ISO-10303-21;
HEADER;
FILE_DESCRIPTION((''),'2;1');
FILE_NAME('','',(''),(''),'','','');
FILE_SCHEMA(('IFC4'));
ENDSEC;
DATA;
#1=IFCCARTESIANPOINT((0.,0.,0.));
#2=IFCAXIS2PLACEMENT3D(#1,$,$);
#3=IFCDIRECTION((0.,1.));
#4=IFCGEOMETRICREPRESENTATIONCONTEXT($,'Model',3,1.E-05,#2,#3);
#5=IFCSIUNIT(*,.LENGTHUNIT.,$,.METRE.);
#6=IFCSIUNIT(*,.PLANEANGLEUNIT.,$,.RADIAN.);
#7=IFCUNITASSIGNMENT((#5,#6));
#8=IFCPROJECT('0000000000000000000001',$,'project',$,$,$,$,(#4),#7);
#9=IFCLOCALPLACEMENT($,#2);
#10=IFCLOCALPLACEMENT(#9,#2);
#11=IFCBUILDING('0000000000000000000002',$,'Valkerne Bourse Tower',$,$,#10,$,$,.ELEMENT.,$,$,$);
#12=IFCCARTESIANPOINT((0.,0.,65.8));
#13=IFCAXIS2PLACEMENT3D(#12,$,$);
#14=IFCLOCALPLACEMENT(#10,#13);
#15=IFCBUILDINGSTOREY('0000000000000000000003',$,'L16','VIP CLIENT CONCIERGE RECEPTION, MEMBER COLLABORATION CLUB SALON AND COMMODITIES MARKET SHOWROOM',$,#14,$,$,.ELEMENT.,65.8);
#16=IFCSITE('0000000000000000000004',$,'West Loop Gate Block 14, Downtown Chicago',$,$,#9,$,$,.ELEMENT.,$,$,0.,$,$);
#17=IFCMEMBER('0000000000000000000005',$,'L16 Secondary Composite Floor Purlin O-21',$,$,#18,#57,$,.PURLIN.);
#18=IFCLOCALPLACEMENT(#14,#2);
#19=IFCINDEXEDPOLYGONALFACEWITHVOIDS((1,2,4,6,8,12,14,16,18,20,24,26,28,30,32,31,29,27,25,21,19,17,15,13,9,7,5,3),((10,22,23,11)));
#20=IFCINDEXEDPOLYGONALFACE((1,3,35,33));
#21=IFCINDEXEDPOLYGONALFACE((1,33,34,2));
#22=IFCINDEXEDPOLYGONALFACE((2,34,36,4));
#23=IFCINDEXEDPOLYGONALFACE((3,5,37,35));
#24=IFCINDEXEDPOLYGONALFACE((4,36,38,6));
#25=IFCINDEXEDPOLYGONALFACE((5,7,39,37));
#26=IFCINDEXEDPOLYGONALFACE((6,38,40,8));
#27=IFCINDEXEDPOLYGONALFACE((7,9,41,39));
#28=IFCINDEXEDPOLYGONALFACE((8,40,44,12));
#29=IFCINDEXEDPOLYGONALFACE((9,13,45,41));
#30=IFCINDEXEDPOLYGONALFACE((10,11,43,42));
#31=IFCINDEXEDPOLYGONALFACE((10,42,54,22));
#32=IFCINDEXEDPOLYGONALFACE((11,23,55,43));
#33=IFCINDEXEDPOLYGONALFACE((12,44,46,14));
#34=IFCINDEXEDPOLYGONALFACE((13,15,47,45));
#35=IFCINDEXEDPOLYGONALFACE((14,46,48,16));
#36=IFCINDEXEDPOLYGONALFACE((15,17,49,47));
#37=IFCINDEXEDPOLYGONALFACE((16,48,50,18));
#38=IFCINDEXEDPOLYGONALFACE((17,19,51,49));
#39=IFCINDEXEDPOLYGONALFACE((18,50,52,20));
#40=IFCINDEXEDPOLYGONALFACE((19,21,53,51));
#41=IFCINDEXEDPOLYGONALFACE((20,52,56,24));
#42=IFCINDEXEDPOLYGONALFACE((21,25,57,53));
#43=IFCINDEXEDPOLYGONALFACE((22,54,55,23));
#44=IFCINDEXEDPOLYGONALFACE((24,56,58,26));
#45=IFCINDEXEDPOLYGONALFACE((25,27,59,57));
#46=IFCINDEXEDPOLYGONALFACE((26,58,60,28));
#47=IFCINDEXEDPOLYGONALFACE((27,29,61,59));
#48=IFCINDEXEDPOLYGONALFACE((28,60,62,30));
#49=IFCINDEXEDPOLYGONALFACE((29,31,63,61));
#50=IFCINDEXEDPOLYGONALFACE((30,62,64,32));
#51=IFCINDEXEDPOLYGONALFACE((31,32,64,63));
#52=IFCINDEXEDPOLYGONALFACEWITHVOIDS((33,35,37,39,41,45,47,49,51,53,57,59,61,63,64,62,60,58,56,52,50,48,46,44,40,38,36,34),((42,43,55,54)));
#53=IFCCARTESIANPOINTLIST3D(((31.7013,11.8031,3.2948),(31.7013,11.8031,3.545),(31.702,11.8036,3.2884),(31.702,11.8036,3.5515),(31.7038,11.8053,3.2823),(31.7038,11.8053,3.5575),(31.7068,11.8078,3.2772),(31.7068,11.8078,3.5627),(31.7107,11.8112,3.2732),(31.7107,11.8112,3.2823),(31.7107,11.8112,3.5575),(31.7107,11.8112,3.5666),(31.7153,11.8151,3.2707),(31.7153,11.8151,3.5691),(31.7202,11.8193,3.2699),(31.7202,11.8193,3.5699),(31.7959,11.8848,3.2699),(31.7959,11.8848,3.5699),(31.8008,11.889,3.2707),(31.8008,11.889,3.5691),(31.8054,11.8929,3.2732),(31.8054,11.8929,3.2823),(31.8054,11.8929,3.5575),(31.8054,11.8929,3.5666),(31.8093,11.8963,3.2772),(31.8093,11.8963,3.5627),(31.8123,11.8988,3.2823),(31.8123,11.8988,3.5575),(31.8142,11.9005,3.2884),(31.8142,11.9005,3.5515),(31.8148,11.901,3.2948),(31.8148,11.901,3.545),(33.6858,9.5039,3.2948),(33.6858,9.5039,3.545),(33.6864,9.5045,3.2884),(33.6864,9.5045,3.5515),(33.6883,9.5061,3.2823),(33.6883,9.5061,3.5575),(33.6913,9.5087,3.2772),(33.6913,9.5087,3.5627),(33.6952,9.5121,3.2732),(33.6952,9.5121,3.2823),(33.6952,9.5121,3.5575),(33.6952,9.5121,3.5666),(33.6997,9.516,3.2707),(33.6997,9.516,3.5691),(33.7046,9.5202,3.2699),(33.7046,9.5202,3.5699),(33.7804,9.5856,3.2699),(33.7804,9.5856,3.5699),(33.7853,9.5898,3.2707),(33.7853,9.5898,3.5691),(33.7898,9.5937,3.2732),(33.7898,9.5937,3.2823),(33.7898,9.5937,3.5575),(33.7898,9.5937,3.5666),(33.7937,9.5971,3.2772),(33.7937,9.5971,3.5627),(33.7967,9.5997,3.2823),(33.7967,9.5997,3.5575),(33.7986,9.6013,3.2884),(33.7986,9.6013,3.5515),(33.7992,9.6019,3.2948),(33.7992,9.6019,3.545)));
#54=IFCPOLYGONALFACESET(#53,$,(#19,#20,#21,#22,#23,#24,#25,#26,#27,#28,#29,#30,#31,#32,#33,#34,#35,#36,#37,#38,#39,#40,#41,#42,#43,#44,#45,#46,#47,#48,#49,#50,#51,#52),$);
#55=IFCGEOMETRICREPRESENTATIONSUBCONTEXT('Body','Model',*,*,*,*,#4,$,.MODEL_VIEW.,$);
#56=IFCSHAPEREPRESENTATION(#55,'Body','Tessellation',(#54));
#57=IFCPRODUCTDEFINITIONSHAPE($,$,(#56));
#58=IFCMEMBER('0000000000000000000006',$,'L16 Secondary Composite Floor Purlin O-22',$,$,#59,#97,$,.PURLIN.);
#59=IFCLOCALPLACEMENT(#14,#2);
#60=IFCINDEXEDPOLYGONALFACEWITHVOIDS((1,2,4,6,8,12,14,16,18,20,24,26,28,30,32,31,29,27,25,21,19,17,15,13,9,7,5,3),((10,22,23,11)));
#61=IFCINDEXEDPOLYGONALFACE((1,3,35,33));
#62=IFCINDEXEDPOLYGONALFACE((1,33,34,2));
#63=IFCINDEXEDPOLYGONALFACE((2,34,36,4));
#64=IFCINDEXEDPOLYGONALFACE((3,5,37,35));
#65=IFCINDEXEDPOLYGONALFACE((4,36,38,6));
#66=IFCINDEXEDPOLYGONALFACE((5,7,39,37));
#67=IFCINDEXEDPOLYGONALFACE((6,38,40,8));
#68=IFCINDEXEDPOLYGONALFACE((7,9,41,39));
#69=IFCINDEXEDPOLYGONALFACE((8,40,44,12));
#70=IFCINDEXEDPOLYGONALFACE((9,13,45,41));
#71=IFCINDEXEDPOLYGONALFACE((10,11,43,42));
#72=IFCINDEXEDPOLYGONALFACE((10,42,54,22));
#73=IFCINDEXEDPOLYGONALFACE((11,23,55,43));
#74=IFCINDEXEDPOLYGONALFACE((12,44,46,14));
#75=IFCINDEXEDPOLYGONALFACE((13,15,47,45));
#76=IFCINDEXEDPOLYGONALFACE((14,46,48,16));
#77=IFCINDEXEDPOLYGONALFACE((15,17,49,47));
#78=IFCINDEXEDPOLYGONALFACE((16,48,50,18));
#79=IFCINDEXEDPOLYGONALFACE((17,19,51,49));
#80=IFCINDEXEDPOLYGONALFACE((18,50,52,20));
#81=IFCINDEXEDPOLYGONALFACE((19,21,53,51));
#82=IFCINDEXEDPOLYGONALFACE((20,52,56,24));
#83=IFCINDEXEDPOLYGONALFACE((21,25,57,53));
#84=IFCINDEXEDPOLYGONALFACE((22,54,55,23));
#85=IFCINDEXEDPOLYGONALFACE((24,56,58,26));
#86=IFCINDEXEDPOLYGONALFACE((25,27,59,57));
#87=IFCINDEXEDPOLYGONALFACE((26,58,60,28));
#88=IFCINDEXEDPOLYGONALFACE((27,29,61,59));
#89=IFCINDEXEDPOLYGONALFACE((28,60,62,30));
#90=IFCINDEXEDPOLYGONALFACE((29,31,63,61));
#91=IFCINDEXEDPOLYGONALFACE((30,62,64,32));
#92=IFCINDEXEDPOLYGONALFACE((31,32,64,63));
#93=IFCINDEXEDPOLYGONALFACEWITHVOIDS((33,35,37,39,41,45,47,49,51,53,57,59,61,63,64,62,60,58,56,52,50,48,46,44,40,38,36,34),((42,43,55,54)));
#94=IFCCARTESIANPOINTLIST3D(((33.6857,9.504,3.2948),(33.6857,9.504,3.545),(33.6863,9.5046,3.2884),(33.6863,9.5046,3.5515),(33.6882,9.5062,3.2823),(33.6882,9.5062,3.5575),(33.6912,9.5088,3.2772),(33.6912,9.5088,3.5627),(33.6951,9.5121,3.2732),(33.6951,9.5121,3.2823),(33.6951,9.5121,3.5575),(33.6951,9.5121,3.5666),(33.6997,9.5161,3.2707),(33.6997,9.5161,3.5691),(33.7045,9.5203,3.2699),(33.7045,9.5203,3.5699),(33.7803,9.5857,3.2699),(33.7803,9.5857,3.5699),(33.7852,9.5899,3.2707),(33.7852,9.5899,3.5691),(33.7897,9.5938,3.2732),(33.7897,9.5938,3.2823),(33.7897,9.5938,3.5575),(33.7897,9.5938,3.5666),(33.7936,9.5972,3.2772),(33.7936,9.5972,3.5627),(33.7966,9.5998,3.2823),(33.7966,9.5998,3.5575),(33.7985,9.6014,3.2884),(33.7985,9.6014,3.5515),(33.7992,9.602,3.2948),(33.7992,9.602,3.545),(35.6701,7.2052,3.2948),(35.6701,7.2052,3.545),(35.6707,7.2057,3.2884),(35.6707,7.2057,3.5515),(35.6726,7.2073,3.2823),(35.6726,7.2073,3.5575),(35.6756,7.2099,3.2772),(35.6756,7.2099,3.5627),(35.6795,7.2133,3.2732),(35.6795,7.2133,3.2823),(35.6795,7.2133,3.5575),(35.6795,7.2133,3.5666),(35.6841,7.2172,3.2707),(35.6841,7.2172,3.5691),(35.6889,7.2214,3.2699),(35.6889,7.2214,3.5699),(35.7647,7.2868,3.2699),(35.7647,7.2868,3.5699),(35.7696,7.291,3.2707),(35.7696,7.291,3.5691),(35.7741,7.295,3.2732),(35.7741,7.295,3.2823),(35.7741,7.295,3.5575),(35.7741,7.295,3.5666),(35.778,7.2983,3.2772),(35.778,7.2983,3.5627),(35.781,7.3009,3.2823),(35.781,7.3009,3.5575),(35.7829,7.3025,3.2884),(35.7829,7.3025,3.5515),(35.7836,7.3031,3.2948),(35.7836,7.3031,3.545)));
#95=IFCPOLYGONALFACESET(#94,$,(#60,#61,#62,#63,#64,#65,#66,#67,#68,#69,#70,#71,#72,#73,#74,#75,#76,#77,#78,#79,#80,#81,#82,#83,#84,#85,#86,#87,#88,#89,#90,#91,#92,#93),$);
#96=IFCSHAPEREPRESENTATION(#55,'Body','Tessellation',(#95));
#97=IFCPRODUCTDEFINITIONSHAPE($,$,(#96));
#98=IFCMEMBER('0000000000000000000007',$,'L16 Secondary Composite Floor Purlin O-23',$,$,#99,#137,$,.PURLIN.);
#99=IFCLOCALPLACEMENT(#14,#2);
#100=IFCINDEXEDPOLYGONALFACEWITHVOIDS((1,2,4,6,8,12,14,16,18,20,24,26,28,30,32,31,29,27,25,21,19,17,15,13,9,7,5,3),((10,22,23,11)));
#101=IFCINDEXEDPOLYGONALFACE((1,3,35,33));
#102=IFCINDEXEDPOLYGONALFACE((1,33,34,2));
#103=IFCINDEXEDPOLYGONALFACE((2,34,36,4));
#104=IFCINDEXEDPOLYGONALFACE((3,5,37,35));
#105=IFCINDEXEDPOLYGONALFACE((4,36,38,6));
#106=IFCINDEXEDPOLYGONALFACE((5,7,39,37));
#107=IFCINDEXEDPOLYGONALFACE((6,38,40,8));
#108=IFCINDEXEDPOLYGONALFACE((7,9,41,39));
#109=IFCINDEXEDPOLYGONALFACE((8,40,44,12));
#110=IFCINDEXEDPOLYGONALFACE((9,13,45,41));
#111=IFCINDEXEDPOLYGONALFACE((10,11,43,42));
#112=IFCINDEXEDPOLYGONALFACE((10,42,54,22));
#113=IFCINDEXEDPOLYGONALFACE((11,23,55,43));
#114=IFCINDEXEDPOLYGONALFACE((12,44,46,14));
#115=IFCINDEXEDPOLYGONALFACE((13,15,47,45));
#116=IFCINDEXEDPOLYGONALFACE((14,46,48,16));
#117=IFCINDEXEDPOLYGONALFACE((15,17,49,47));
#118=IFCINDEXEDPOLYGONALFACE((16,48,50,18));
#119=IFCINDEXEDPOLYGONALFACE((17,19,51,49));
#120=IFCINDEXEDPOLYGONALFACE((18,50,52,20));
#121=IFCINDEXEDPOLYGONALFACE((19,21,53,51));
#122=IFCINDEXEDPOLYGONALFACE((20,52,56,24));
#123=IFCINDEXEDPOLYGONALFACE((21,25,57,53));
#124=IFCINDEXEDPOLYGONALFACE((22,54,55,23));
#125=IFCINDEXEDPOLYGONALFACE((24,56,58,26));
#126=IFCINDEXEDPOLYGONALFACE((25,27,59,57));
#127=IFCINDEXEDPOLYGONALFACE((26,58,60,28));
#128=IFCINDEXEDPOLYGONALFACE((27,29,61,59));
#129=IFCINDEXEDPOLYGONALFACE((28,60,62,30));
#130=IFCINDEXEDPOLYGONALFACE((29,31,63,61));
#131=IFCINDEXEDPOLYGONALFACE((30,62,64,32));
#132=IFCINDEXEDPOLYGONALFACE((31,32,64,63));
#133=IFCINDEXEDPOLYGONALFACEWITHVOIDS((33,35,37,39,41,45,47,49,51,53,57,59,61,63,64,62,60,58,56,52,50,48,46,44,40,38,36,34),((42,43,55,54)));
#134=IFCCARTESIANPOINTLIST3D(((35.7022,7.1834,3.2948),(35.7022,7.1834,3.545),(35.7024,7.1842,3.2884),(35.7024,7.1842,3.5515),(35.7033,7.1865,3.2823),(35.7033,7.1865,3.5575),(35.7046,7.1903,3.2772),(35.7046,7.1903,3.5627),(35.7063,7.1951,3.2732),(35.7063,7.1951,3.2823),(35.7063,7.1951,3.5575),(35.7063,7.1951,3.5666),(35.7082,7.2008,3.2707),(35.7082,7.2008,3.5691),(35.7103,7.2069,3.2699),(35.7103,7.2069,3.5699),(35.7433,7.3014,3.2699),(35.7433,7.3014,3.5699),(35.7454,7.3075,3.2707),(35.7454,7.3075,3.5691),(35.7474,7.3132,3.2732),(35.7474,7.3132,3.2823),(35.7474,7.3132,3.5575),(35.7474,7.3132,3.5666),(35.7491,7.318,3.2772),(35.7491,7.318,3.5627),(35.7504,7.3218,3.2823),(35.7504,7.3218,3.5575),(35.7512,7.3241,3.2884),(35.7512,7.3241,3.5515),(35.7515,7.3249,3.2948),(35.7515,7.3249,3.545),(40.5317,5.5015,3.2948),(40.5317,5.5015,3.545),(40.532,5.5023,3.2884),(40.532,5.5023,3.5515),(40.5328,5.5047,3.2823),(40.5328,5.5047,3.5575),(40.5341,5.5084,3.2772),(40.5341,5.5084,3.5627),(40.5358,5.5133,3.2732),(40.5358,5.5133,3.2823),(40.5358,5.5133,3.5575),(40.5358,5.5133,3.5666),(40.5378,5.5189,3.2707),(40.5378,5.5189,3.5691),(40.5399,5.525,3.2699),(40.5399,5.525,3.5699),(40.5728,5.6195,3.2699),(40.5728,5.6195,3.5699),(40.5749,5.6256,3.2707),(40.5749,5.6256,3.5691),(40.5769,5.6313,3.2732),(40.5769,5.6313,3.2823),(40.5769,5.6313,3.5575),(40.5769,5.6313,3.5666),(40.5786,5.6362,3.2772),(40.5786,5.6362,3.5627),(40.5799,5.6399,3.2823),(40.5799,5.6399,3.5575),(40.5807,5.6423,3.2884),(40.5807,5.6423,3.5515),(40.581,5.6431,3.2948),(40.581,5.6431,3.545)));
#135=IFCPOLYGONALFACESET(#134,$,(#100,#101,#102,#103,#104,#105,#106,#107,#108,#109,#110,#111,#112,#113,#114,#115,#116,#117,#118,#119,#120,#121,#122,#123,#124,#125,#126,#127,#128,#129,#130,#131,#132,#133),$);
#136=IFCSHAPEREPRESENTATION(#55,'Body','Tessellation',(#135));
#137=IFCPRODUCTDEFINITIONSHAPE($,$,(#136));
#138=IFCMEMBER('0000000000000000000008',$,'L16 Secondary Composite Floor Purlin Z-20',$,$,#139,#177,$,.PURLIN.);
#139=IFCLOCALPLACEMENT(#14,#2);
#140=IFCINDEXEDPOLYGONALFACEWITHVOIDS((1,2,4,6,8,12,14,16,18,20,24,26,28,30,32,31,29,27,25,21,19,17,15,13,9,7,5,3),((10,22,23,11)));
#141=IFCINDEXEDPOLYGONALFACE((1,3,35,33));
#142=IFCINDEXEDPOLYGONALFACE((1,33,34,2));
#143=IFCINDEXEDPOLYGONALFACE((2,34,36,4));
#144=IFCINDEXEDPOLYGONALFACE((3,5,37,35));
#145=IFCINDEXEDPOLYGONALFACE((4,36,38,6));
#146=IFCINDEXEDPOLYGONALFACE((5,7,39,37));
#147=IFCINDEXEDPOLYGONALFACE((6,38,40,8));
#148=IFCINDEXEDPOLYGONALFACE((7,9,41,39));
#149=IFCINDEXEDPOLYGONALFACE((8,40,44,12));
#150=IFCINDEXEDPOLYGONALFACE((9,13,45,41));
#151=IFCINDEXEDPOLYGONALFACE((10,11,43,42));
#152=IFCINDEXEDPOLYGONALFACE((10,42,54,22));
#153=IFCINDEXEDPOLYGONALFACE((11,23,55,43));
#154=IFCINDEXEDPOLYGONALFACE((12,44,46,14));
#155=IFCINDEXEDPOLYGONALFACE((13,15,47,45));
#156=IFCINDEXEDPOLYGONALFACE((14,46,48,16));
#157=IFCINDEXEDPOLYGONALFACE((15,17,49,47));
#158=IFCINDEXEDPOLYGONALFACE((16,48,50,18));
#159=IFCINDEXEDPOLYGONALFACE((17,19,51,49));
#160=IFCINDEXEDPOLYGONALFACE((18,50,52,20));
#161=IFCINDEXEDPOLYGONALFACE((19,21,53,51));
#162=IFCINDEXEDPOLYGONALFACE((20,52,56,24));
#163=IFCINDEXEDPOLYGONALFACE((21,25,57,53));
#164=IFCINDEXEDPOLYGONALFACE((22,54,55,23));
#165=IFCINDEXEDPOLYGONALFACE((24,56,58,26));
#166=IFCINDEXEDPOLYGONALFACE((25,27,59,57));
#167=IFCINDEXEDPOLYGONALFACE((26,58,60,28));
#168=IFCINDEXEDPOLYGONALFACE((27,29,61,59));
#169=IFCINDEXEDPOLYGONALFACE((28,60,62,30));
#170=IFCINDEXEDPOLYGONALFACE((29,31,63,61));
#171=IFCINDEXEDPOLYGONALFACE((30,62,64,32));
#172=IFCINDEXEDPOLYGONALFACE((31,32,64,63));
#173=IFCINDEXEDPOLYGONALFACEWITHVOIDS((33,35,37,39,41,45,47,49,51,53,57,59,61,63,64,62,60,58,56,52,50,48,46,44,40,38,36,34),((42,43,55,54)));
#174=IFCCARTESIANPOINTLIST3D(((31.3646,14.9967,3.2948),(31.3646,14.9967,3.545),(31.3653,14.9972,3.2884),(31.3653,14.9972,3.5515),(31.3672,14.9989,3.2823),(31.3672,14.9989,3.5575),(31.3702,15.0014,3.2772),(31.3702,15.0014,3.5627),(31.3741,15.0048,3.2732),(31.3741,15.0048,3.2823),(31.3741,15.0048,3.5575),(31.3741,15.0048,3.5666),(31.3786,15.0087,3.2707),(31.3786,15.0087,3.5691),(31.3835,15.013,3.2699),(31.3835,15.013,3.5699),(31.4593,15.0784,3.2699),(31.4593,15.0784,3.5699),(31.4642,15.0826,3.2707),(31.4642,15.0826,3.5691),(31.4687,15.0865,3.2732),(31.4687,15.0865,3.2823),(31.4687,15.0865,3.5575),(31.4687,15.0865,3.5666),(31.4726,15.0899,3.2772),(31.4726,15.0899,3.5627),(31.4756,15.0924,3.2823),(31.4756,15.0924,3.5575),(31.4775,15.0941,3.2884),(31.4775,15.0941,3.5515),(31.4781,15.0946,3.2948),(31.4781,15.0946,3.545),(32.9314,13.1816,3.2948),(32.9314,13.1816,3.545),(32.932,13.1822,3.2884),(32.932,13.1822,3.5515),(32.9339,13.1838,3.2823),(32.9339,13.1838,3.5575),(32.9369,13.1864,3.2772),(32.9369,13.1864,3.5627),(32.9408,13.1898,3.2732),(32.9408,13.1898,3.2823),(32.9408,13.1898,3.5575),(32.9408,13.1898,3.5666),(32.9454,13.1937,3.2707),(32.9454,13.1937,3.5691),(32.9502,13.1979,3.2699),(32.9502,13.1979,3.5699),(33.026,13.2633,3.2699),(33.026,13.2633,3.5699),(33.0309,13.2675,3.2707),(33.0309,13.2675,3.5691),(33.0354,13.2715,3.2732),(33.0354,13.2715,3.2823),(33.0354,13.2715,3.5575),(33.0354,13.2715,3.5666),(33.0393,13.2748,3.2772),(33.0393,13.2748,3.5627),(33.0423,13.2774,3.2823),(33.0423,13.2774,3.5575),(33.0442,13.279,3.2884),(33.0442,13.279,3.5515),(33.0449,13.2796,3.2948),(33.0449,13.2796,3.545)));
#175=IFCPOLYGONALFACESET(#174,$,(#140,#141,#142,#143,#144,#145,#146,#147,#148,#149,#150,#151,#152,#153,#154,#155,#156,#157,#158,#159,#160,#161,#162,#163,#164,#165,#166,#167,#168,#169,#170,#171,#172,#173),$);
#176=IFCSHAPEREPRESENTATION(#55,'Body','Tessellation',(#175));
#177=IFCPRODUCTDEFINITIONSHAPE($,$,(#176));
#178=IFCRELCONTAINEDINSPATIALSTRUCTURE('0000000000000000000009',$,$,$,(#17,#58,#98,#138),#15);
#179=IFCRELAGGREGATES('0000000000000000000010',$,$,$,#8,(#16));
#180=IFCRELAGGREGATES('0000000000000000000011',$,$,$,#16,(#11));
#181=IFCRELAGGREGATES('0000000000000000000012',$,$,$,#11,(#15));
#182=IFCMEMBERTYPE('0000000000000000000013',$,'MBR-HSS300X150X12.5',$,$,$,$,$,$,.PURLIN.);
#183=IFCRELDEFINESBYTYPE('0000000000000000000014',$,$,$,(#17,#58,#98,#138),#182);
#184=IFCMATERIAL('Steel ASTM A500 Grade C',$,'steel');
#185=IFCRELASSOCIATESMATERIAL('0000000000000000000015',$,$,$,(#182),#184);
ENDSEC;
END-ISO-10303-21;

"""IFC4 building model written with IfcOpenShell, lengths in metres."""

from ifc_helpers import new_model, si_unit, direction, frame, origin, origin_2d, place, context, subcontext, project, spatial, hollow_rectangle, extrude, material, material_profile, profile_set, type_object, element, save


model = new_model("IFC4")

# Units and contexts
model_context = context("Model", 3, precision=1e-05, world=origin(), true_north=direction((0.0, 1.0)))
body_context = subcontext(model_context, "Body", "Model", "MODEL_VIEW")
ifc_project = project(units=[si_unit("LENGTHUNIT", "METRE"), si_unit("PLANEANGLEUNIT", "RADIAN")], contexts=[model_context])

# Site, building, storey
site_placement = place(None, origin())
site = spatial("IfcSite", under=ifc_project, at=site_placement, Name="West Loop Gate Block 14, Downtown Chicago", CompositionType="ELEMENT", RefElevation=0.0)
building_placement = place(site_placement, origin())
building = spatial("IfcBuilding", under=site, at=building_placement, Name="Valkerne Bourse Tower", CompositionType="ELEMENT")
storey_placement = place(building_placement, frame((0.0, 0.0, 65.8)))
storey = spatial("IfcBuildingStorey", under=building, at=storey_placement, Name="L16", Description="VIP CLIENT CONCIERGE RECEPTION, MEMBER COLLABORATION CLUB SALON AND COMMODITIES MARKET SHOWROOM", CompositionType="ELEMENT", Elevation=65.8)

# Members
ifc_material_1 = material(Name="Steel ASTM A500 Grade C", Category="steel")
ifc_material_profile_1 = material_profile(ifc_material_1, hollow_rectangle(XDim=0.1499, YDim=0.3, WallThickness=0.0125, OuterFilletRadius=0.0249, at=origin_2d()), Name="HSS300X150X12.5")
ifc_profile_set_1 = profile_set([ifc_material_profile_1], Name="Steel ASTM A500 Grade C")
member_type_1 = type_object("IfcMemberType", Name="MBR-HSS300X150X12.5", PredefinedType="PURLIN", material=ifc_profile_set_1)
member_1_placement = place(storey_placement, frame((31.7581, 11.8521, 3.4199), z_axis=(0.653396, -0.757016, 0.0), x_axis=(0.757016, 0.653396, 0.0)))
element("IfcMember", 1, at=member_1_placement, inside=storey, type_object=member_type_1, Name="L16 Secondary Composite Floor Purlin O-21", PredefinedType="PURLIN", context=body_context, shape_type="SweptSolid", body=[
    extrude(hollow_rectangle(XDim=0.1499, YDim=0.3, WallThickness=0.0125, OuterFilletRadius=0.0249, at=origin_2d()), origin(), (0.0, 0.0, 1.0), 3.0371),
])
member_2_placement = place(storey_placement, frame((33.7424, 9.553, 3.4199), z_axis=(0.653436, -0.756982, 0.0), x_axis=(0.756982, 0.653436, 0.0)))
element("IfcMember", 2, at=member_2_placement, inside=storey, type_object=member_type_1, Name="L16 Secondary Composite Floor Purlin O-22", PredefinedType="PURLIN", context=body_context, shape_type="SweptSolid", body=[
    extrude(hollow_rectangle(XDim=0.1499, YDim=0.3, WallThickness=0.0125, OuterFilletRadius=0.0249, at=origin_2d()), origin(), (0.0, 0.0, 1.0), 3.0369),
])
member_3_placement = place(storey_placement, frame((35.7268, 7.2542, 3.4199), z_axis=(0.944374, -0.328874, 0.0), x_axis=(0.328874, 0.944374, 0.0)))
element("IfcMember", 3, at=member_3_placement, inside=storey, type_object=member_type_1, Name="L16 Secondary Composite Floor Purlin O-23", PredefinedType="PURLIN", context=body_context, shape_type="SweptSolid", body=[
    extrude(hollow_rectangle(XDim=0.1499, YDim=0.3, WallThickness=0.0125, OuterFilletRadius=0.0249, at=origin_2d()), origin(), (0.0, 0.0, 1.0), 5.114),
])
for number, where, z_axis, x_axis, name in (
    (4, (31.4214, 15.0457, 3.4199), (0.653429, -0.756988, 0.0), (0.756988, 0.653429, 0.0), "L16 Secondary Composite Floor Purlin Z-20"),
):
    element("IfcMember", number, at=place(storey_placement, frame(where, z_axis=z_axis, x_axis=x_axis)), inside=storey, type_object=member_type_1, Name=name, PredefinedType="PURLIN", context=body_context, shape_type="SweptSolid", body=[
        extrude(hollow_rectangle(XDim=0.1499, YDim=0.3, WallThickness=0.0125, OuterFilletRadius=0.0249, at=origin_2d()), origin(), (0.0, 0.0, 1.0), 2.3977),
    ])

save(model, "model.ifc")
